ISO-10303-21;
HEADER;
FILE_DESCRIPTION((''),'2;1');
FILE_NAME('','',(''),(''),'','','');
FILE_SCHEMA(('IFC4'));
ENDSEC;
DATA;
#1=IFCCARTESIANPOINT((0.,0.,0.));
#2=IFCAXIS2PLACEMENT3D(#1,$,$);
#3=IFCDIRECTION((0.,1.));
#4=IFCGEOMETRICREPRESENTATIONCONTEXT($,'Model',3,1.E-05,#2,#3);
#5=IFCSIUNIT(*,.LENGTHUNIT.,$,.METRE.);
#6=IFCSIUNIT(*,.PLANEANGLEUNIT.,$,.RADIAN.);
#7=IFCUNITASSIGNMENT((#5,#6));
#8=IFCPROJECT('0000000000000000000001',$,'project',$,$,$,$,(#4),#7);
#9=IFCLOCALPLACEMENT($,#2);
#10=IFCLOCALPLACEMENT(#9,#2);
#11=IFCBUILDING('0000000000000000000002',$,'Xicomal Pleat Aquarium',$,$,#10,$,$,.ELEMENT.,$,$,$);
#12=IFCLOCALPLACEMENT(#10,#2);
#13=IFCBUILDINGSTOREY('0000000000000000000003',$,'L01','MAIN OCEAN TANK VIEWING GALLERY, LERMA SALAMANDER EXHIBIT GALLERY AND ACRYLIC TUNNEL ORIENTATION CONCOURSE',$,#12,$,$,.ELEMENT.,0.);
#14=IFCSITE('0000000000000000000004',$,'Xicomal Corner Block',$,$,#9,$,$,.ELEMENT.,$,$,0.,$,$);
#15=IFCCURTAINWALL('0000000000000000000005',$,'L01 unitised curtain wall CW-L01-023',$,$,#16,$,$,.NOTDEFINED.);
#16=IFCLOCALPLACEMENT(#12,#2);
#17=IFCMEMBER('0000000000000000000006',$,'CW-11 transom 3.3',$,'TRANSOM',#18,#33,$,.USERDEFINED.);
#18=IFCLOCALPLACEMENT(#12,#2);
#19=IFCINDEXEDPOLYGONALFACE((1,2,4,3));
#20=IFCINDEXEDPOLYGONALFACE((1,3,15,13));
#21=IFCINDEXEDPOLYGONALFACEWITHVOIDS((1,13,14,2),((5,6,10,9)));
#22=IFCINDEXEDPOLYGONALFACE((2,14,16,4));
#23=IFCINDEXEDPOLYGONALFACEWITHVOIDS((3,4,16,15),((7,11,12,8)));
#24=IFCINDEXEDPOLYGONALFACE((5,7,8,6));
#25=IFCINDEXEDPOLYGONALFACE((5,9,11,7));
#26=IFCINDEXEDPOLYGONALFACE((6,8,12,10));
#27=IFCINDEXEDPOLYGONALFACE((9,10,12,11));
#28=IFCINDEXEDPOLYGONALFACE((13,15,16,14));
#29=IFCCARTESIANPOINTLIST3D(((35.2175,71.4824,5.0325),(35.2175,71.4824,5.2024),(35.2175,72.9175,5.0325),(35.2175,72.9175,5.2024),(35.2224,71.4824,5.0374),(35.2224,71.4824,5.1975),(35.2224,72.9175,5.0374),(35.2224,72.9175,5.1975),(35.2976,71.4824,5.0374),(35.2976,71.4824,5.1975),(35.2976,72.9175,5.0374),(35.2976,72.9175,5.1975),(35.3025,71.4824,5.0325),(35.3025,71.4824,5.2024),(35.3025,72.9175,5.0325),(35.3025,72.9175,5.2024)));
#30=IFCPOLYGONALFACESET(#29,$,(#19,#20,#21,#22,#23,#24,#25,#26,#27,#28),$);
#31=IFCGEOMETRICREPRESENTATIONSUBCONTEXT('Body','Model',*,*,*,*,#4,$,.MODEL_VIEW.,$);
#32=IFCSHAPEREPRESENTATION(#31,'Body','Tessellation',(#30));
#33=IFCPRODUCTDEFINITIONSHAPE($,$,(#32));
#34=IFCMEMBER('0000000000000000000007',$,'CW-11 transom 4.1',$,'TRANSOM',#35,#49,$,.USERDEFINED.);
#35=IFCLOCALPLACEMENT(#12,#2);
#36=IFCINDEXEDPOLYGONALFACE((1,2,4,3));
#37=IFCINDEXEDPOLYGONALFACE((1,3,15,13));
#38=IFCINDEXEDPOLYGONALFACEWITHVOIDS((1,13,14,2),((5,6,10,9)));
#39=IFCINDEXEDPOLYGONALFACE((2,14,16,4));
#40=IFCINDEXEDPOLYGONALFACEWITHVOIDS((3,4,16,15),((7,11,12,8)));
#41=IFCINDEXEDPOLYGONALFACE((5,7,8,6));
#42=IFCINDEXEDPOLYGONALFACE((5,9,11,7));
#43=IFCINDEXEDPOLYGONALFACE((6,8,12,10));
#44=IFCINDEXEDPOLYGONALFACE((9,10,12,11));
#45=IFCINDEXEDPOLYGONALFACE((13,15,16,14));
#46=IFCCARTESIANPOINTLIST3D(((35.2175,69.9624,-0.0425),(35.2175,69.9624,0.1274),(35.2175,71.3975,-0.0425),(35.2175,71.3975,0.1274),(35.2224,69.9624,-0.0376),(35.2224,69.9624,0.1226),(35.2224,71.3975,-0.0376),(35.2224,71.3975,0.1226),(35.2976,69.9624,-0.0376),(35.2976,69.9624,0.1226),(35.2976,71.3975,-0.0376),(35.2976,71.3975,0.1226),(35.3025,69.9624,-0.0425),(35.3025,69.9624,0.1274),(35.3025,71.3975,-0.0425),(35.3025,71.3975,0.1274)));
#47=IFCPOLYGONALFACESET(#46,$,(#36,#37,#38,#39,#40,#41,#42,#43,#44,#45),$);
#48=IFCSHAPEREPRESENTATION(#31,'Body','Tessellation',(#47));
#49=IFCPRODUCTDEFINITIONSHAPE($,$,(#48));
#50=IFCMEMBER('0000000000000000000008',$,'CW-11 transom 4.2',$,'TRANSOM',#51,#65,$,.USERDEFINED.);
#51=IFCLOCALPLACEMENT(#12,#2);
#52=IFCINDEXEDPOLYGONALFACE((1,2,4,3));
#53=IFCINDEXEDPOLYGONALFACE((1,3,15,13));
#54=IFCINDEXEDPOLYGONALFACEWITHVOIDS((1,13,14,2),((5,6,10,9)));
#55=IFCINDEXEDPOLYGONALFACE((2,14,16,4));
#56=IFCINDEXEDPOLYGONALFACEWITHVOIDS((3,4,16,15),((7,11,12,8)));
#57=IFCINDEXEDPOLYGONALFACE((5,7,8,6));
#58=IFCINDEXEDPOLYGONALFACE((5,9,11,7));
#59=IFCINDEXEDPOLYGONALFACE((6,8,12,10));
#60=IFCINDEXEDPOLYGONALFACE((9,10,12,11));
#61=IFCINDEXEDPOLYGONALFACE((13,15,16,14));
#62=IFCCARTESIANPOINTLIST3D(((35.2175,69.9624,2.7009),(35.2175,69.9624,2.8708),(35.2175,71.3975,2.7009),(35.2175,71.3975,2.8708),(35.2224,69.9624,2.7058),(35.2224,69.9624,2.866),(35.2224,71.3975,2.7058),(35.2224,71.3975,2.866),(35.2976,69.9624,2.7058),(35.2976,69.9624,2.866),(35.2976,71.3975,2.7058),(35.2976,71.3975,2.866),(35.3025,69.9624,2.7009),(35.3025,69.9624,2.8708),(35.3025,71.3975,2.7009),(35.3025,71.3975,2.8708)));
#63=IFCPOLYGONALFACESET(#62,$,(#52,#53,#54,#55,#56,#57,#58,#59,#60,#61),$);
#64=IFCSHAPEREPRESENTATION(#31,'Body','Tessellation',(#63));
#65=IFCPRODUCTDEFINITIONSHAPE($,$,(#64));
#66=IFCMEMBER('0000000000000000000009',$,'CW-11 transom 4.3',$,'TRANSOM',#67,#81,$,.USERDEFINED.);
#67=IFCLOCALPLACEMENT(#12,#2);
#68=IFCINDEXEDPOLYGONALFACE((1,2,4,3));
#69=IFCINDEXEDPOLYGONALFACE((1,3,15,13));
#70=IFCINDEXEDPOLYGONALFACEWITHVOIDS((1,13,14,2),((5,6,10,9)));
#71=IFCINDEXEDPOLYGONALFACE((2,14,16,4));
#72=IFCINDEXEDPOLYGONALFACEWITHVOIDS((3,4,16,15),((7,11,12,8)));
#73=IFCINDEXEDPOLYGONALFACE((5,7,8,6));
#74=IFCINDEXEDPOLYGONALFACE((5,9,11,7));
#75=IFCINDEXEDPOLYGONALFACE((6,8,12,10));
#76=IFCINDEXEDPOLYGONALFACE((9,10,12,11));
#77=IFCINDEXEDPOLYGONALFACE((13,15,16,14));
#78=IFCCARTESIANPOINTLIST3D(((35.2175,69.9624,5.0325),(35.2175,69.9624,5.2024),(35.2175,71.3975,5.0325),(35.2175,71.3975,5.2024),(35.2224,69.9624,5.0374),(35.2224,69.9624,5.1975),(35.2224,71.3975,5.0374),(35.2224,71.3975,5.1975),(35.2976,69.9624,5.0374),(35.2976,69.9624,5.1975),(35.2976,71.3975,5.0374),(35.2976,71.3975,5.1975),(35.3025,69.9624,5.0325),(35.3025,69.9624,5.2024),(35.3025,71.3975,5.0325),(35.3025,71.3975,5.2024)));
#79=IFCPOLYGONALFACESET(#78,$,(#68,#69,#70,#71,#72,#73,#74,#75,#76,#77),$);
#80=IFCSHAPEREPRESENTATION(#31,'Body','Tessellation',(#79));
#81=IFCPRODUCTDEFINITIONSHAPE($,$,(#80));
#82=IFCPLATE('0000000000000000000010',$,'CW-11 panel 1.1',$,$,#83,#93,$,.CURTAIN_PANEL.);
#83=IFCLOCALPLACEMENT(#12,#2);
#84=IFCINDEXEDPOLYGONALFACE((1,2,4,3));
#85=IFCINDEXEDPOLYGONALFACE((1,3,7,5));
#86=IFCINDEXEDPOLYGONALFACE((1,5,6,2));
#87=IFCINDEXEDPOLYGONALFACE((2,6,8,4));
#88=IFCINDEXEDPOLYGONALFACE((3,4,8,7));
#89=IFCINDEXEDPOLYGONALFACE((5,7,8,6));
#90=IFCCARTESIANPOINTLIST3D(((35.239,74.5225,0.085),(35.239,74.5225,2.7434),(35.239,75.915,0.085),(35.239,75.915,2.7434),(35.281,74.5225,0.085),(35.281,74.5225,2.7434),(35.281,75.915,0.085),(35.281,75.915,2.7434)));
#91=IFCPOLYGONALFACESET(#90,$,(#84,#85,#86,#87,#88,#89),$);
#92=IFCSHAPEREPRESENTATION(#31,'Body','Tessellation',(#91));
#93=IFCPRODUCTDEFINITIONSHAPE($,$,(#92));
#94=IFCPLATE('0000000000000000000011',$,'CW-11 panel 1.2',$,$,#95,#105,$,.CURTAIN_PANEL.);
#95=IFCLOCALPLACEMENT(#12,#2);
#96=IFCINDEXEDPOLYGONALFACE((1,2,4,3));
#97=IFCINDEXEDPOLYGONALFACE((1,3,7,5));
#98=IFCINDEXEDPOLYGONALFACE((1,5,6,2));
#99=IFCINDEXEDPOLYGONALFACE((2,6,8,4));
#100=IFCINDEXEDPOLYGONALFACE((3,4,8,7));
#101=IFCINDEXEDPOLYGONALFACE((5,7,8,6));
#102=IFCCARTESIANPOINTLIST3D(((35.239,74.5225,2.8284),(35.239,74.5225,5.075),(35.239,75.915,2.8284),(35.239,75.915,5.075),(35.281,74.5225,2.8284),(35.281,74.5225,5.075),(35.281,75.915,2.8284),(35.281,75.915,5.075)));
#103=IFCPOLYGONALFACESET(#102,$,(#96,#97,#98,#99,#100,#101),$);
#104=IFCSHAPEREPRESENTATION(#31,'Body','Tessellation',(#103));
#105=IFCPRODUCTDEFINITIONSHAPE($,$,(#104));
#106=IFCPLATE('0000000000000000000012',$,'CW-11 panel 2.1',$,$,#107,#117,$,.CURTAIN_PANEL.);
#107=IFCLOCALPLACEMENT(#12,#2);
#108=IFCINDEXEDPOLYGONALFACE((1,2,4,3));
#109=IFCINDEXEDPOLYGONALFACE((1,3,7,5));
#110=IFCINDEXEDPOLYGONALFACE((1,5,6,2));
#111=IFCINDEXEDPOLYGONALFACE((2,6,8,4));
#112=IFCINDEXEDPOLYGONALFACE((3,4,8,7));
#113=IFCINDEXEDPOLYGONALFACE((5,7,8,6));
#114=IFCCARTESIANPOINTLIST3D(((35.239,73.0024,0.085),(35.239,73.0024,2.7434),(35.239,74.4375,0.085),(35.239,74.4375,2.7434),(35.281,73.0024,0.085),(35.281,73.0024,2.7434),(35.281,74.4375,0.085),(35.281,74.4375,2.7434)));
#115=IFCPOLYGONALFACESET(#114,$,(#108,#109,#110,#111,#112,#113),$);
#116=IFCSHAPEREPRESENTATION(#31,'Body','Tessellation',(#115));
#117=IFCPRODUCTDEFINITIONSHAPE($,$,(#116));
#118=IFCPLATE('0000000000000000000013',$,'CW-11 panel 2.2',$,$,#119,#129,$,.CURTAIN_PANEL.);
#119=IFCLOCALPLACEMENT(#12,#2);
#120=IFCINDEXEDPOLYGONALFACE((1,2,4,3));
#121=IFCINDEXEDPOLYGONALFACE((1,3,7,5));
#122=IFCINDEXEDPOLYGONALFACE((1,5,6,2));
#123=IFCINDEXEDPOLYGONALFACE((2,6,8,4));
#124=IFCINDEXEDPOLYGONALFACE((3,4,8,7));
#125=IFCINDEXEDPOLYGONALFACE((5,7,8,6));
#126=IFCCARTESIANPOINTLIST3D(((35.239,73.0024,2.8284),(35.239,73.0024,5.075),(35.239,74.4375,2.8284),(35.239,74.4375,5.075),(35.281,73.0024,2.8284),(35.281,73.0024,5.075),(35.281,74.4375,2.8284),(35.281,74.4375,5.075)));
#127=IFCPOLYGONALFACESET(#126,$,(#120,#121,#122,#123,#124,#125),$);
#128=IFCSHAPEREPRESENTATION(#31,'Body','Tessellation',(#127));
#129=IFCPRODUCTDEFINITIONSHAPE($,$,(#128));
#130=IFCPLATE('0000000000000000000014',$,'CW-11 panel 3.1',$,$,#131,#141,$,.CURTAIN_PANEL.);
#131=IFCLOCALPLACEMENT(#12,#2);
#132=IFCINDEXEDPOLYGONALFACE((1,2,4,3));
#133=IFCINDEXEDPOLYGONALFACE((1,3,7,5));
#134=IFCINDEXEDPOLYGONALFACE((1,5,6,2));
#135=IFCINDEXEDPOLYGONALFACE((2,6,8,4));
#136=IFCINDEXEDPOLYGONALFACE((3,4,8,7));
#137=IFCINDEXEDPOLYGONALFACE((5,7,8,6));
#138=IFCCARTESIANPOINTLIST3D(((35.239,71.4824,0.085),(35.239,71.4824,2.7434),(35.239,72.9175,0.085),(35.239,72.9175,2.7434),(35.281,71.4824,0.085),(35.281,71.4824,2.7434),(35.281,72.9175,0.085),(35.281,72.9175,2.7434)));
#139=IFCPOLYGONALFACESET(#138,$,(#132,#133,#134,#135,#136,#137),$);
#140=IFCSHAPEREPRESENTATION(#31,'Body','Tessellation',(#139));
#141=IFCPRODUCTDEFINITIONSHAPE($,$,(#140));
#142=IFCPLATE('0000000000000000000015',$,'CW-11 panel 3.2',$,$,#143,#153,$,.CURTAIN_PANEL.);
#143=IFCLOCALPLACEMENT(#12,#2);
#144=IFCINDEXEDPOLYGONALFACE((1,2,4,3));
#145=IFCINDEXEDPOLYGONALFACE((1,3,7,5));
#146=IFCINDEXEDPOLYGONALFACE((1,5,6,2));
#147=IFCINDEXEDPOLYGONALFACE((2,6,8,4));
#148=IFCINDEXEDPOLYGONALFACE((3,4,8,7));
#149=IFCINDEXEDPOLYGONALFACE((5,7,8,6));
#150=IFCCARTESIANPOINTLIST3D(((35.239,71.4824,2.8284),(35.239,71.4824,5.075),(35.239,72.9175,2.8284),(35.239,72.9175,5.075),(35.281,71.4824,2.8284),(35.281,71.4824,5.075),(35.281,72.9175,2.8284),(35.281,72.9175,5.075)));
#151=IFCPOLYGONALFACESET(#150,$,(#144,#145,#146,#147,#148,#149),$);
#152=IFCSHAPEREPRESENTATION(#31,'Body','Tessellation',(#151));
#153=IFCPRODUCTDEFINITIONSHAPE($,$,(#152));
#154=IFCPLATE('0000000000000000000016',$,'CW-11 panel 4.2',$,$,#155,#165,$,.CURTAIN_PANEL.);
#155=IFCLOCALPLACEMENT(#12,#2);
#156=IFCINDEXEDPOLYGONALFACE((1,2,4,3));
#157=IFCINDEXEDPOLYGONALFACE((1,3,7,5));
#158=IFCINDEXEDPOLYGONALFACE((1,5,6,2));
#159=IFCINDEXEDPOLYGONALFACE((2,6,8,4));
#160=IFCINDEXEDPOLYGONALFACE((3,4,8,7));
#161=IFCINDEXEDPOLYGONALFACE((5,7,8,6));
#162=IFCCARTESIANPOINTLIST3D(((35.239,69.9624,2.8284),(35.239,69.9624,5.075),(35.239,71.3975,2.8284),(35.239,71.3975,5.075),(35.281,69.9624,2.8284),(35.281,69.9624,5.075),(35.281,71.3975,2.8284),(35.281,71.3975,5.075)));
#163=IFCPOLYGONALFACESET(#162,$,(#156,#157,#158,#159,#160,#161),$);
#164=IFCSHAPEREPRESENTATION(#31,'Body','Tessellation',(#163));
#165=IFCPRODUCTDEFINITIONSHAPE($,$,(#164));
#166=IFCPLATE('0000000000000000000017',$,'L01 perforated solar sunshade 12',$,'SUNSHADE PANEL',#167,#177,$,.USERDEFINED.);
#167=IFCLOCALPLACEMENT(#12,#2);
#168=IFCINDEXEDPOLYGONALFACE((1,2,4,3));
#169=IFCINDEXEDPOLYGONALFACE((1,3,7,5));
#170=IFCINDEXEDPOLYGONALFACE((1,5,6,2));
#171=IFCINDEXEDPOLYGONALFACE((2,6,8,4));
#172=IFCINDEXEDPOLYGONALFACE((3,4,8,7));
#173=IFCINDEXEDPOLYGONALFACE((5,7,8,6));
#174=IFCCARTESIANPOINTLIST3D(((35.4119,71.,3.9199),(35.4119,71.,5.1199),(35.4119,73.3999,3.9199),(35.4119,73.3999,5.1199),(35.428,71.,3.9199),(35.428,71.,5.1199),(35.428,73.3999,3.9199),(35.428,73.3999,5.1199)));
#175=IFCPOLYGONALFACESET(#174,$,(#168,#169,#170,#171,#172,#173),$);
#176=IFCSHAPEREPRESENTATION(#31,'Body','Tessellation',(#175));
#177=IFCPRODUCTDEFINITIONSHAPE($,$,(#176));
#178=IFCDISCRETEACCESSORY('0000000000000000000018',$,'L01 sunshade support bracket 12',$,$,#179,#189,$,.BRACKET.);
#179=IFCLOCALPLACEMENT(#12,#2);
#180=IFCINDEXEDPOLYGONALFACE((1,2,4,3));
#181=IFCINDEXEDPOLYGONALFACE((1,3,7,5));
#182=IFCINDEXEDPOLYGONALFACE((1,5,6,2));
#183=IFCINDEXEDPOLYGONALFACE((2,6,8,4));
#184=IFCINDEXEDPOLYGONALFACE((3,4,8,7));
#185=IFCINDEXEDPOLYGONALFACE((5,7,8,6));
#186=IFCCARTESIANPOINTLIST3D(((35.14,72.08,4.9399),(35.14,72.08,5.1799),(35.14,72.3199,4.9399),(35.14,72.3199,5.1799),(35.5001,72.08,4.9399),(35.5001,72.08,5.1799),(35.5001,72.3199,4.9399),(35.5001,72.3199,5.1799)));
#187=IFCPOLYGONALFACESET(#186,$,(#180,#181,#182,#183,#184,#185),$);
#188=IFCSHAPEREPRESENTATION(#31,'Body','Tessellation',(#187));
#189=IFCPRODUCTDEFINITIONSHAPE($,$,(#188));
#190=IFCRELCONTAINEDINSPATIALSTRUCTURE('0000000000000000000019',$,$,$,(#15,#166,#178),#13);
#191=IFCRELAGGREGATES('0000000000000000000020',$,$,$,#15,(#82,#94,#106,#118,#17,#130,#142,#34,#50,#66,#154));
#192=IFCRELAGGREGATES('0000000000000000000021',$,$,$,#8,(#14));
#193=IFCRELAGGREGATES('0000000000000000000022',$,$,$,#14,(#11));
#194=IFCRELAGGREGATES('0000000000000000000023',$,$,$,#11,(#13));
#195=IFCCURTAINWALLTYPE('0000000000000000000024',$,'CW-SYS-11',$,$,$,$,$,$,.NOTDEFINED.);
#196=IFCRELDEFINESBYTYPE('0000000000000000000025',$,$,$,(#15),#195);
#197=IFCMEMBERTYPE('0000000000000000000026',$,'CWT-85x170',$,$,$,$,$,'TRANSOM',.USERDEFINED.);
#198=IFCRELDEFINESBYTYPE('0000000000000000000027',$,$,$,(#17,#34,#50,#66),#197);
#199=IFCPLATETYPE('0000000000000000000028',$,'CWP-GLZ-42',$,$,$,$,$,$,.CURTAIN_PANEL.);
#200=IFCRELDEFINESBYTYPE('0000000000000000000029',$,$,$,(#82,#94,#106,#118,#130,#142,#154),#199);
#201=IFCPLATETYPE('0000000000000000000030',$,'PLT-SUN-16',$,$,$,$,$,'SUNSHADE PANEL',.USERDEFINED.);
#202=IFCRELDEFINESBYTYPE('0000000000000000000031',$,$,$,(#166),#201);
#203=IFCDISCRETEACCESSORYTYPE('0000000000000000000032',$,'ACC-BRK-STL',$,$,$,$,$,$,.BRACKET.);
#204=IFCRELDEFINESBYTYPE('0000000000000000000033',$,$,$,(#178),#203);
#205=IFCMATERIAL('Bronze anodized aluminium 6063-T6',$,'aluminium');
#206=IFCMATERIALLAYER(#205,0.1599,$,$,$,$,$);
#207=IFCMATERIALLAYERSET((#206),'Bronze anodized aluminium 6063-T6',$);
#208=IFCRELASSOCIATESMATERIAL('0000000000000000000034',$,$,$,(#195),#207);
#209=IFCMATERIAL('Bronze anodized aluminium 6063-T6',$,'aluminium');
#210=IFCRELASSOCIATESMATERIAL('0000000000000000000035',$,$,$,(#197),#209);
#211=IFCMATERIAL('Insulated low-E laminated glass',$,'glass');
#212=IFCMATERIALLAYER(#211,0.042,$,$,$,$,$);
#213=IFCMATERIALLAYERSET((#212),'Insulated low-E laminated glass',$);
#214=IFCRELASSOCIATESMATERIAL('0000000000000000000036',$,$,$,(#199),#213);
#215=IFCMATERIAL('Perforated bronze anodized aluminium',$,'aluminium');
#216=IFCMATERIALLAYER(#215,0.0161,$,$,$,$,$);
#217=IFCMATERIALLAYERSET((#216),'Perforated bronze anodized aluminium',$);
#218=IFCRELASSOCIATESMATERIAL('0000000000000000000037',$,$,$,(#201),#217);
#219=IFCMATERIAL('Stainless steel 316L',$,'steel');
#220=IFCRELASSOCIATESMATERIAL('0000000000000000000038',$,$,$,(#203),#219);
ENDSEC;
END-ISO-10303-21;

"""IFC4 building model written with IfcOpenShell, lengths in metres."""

from ifc_helpers import new_model, si_unit, direction, frame, origin, origin_2d, place, context, subcontext, project, spatial, rectangle, hollow_rectangle, extrude, material, layer, layer_set, material_profile, profile_set, type_object, element, aggregate, save


model = new_model("IFC4")

# Units and contexts
model_context = context("Model", 3, precision=1e-05, world=origin(), true_north=direction((0.0, 1.0)))
body_context = subcontext(model_context, "Body", "Model", "MODEL_VIEW")
ifc_project = project(units=[si_unit("LENGTHUNIT", "METRE"), si_unit("PLANEANGLEUNIT", "RADIAN")], contexts=[model_context])

# Site, building, storey
site_placement = place(None, origin())
site = spatial("IfcSite", under=ifc_project, at=site_placement, Name="Xicomal Corner Block", CompositionType="ELEMENT", RefElevation=0.0)
building_placement = place(site_placement, origin())
building = spatial("IfcBuilding", under=site, at=building_placement, Name="Xicomal Pleat Aquarium", CompositionType="ELEMENT")
storey_placement = place(building_placement, origin())
storey = spatial("IfcBuildingStorey", under=building, at=storey_placement, Name="L01", Description="MAIN OCEAN TANK VIEWING GALLERY, LERMA SALAMANDER EXHIBIT GALLERY AND ACRYLIC TUNNEL ORIENTATION CONCOURSE", CompositionType="ELEMENT", Elevation=0.0)

# Curtain wall, members, plates
ifc_material_1 = material(Name="Bronze anodized aluminium 6063-T6", Category="aluminium")
ifc_layer_1 = layer(ifc_material_1, 0.1599)
ifc_layer_set_1 = layer_set([ifc_layer_1], Name="Bronze anodized aluminium 6063-T6")
curtain_wall_type = type_object("IfcCurtainWallType", Name="CW-SYS-11", PredefinedType="NOTDEFINED", material=ifc_layer_set_1)
curtain_wall_placement = place(storey_placement, origin())
curtain_wall = element("IfcCurtainWall", 1, at=curtain_wall_placement, inside=storey, type_object=curtain_wall_type, Name="L01 unitised curtain wall CW-L01-023", PredefinedType="NOTDEFINED")
ifc_material_2 = material(Name="Bronze anodized aluminium 6063-T6", Category="aluminium")
ifc_material_profile_1 = material_profile(ifc_material_2, hollow_rectangle(XDim=0.085, YDim=0.1699, WallThickness=0.0049, at=origin_2d()), Name="ALU TRAN 85x170")
ifc_profile_set_1 = profile_set([ifc_material_profile_1], Name="Bronze anodized aluminium 6063-T6")
member_type_1 = type_object("IfcMemberType", Name="CWT-85x170", ElementType="TRANSOM", PredefinedType="USERDEFINED", material=ifc_profile_set_1)
member_1_placement = place(storey_placement, frame((35.26, 72.9175, 5.1174), z_axis=(0.0, -1.0, 0.0), x_axis=(1.0, 0.0, 0.0)))
member_1 = element("IfcMember", 2, at=member_1_placement, type_object=member_type_1, Name="CW-11 transom 3.3", ObjectType="TRANSOM", PredefinedType="USERDEFINED", context=body_context, shape_type="SweptSolid", body=[
    extrude(hollow_rectangle(XDim=0.085, YDim=0.1699, WallThickness=0.0049, at=origin_2d()), origin(), (0.0, 0.0, 1.0), 1.4351),
])
member_2_placement = place(storey_placement, frame((35.26, 71.3975, 0.0425), z_axis=(0.0, -1.0, 0.0), x_axis=(1.0, 0.0, 0.0)))
member_2 = element("IfcMember", 3, at=member_2_placement, type_object=member_type_1, Name="CW-11 transom 4.1", ObjectType="TRANSOM", PredefinedType="USERDEFINED", context=body_context, shape_type="SweptSolid", body=[
    extrude(hollow_rectangle(XDim=0.085, YDim=0.1699, WallThickness=0.0049, at=origin_2d()), origin(), (0.0, 0.0, 1.0), 1.4351),
])
member_3_placement = place(storey_placement, frame((35.26, 71.3975, 2.7859), z_axis=(0.0, -1.0, 0.0), x_axis=(1.0, 0.0, 0.0)))
member_3 = element("IfcMember", 4, at=member_3_placement, type_object=member_type_1, Name="CW-11 transom 4.2", ObjectType="TRANSOM", PredefinedType="USERDEFINED", context=body_context, shape_type="SweptSolid", body=[
    extrude(hollow_rectangle(XDim=0.085, YDim=0.1699, WallThickness=0.0049, at=origin_2d()), origin(), (0.0, 0.0, 1.0), 1.4351),
])
member_4_placement = place(storey_placement, frame((35.26, 71.3975, 5.1174), z_axis=(0.0, -1.0, 0.0), x_axis=(1.0, 0.0, 0.0)))
member_4 = element("IfcMember", 5, at=member_4_placement, type_object=member_type_1, Name="CW-11 transom 4.3", ObjectType="TRANSOM", PredefinedType="USERDEFINED", context=body_context, shape_type="SweptSolid", body=[
    extrude(hollow_rectangle(XDim=0.085, YDim=0.1699, WallThickness=0.0049, at=origin_2d()), origin(), (0.0, 0.0, 1.0), 1.4351),
])
ifc_material_3 = material(Name="Insulated low-E laminated glass", Category="glass")
ifc_layer_2 = layer(ifc_material_3, 0.042)
ifc_layer_set_2 = layer_set([ifc_layer_2], Name="Insulated low-E laminated glass")
plate_type_1 = type_object("IfcPlateType", Name="CWP-GLZ-42", PredefinedType="CURTAIN_PANEL", material=ifc_layer_set_2)
plate_1_placement = place(storey_placement, frame((35.26, 75.2188, 0.085), z_axis=(0.0, 0.0, 1.0), x_axis=(0.0, -1.0, 0.0)))
plate_1 = element("IfcPlate", 6, at=plate_1_placement, type_object=plate_type_1, Name="CW-11 panel 1.1", PredefinedType="CURTAIN_PANEL", context=body_context, shape_type="SweptSolid", body=[
    extrude(rectangle(XDim=1.3926, YDim=0.042, at=origin_2d()), origin(), (0.0, 0.0, 1.0), 2.6584),
])
plate_2_placement = place(storey_placement, frame((35.26, 75.2188, 2.8284), z_axis=(0.0, 0.0, 1.0), x_axis=(0.0, -1.0, 0.0)))
plate_2 = element("IfcPlate", 7, at=plate_2_placement, type_object=plate_type_1, Name="CW-11 panel 1.2", PredefinedType="CURTAIN_PANEL", context=body_context, shape_type="SweptSolid", body=[
    extrude(rectangle(XDim=1.3926, YDim=0.042, at=origin_2d()), origin(), (0.0, 0.0, 1.0), 2.2466),
])
plate_3_placement = place(storey_placement, frame((35.26, 73.72, 0.085), z_axis=(0.0, 0.0, 1.0), x_axis=(0.0, -1.0, 0.0)))
plate_3 = element("IfcPlate", 8, at=plate_3_placement, type_object=plate_type_1, Name="CW-11 panel 2.1", PredefinedType="CURTAIN_PANEL", context=body_context, shape_type="SweptSolid", body=[
    extrude(rectangle(XDim=1.4351, YDim=0.042, at=origin_2d()), origin(), (0.0, 0.0, 1.0), 2.6584),
])
plate_4_placement = place(storey_placement, frame((35.26, 73.72, 2.8284), z_axis=(0.0, 0.0, 1.0), x_axis=(0.0, -1.0, 0.0)))
plate_4 = element("IfcPlate", 9, at=plate_4_placement, type_object=plate_type_1, Name="CW-11 panel 2.2", PredefinedType="CURTAIN_PANEL", context=body_context, shape_type="SweptSolid", body=[
    extrude(rectangle(XDim=1.4351, YDim=0.042, at=origin_2d()), origin(), (0.0, 0.0, 1.0), 2.2466),
])
plate_5_placement = place(storey_placement, frame((35.26, 72.2, 0.085), z_axis=(0.0, 0.0, 1.0), x_axis=(0.0, -1.0, 0.0)))
plate_5 = element("IfcPlate", 10, at=plate_5_placement, type_object=plate_type_1, Name="CW-11 panel 3.1", PredefinedType="CURTAIN_PANEL", context=body_context, shape_type="SweptSolid", body=[
    extrude(rectangle(XDim=1.4351, YDim=0.042, at=origin_2d()), origin(), (0.0, 0.0, 1.0), 2.6584),
])
plate_6_placement = place(storey_placement, frame((35.26, 72.2, 2.8284), z_axis=(0.0, 0.0, 1.0), x_axis=(0.0, -1.0, 0.0)))
plate_6 = element("IfcPlate", 11, at=plate_6_placement, type_object=plate_type_1, Name="CW-11 panel 3.2", PredefinedType="CURTAIN_PANEL", context=body_context, shape_type="SweptSolid", body=[
    extrude(rectangle(XDim=1.4351, YDim=0.042, at=origin_2d()), origin(), (0.0, 0.0, 1.0), 2.2466),
])
plate_7_placement = place(storey_placement, frame((35.26, 70.6799, 2.8284), z_axis=(0.0, 0.0, 1.0), x_axis=(0.0, -1.0, 0.0)))
plate_7 = element("IfcPlate", 12, at=plate_7_placement, type_object=plate_type_1, Name="CW-11 panel 4.2", PredefinedType="CURTAIN_PANEL", context=body_context, shape_type="SweptSolid", body=[
    extrude(rectangle(XDim=1.4351, YDim=0.042, at=origin_2d()), origin(), (0.0, 0.0, 1.0), 2.2466),
])
aggregate(curtain_wall, [plate_1, plate_2, plate_3, plate_4, member_1, plate_5, plate_6, member_2, member_3, member_4, plate_7])

# Plate
ifc_material_4 = material(Name="Perforated bronze anodized aluminium", Category="aluminium")
ifc_layer_3 = layer(ifc_material_4, 0.0161)
ifc_layer_set_3 = layer_set([ifc_layer_3], Name="Perforated bronze anodized aluminium")
plate_type_2 = type_object("IfcPlateType", Name="PLT-SUN-16", ElementType="SUNSHADE PANEL", PredefinedType="USERDEFINED", material=ifc_layer_set_3)
plate_8_placement = place(storey_placement, frame((35.4199, 72.2, 3.9199), z_axis=(0.0, 0.0, 1.0), x_axis=(0.0, -1.0, 0.0)))
element("IfcPlate", 13, at=plate_8_placement, inside=storey, type_object=plate_type_2, Name="L01 perforated solar sunshade 12", ObjectType="SUNSHADE PANEL", PredefinedType="USERDEFINED", context=body_context, shape_type="SweptSolid", body=[
    extrude(rectangle(XDim=2.3999, YDim=0.0161, at=origin_2d()), origin(), (0.0, 0.0, 1.0), 1.2),
])

# Discrete accessory
ifc_material_5 = material(Name="Stainless steel 316L", Category="steel")
discrete_accessory_type = type_object("IfcDiscreteAccessoryType", Name="ACC-BRK-STL", PredefinedType="BRACKET", material=ifc_material_5)
discrete_accessory_placement = place(storey_placement, frame((35.3201, 72.2, 4.9399), z_axis=(0.0, 0.0, 1.0), x_axis=(0.0, -1.0, 0.0)))
element("IfcDiscreteAccessory", 14, at=discrete_accessory_placement, inside=storey, type_object=discrete_accessory_type, Name="L01 sunshade support bracket 12", PredefinedType="BRACKET", context=body_context, shape_type="SweptSolid", body=[
    extrude(rectangle(XDim=0.24, YDim=0.3601, at=origin_2d()), origin(), (0.0, 0.0, 1.0), 0.24),
])

save(model, "model.ifc")
